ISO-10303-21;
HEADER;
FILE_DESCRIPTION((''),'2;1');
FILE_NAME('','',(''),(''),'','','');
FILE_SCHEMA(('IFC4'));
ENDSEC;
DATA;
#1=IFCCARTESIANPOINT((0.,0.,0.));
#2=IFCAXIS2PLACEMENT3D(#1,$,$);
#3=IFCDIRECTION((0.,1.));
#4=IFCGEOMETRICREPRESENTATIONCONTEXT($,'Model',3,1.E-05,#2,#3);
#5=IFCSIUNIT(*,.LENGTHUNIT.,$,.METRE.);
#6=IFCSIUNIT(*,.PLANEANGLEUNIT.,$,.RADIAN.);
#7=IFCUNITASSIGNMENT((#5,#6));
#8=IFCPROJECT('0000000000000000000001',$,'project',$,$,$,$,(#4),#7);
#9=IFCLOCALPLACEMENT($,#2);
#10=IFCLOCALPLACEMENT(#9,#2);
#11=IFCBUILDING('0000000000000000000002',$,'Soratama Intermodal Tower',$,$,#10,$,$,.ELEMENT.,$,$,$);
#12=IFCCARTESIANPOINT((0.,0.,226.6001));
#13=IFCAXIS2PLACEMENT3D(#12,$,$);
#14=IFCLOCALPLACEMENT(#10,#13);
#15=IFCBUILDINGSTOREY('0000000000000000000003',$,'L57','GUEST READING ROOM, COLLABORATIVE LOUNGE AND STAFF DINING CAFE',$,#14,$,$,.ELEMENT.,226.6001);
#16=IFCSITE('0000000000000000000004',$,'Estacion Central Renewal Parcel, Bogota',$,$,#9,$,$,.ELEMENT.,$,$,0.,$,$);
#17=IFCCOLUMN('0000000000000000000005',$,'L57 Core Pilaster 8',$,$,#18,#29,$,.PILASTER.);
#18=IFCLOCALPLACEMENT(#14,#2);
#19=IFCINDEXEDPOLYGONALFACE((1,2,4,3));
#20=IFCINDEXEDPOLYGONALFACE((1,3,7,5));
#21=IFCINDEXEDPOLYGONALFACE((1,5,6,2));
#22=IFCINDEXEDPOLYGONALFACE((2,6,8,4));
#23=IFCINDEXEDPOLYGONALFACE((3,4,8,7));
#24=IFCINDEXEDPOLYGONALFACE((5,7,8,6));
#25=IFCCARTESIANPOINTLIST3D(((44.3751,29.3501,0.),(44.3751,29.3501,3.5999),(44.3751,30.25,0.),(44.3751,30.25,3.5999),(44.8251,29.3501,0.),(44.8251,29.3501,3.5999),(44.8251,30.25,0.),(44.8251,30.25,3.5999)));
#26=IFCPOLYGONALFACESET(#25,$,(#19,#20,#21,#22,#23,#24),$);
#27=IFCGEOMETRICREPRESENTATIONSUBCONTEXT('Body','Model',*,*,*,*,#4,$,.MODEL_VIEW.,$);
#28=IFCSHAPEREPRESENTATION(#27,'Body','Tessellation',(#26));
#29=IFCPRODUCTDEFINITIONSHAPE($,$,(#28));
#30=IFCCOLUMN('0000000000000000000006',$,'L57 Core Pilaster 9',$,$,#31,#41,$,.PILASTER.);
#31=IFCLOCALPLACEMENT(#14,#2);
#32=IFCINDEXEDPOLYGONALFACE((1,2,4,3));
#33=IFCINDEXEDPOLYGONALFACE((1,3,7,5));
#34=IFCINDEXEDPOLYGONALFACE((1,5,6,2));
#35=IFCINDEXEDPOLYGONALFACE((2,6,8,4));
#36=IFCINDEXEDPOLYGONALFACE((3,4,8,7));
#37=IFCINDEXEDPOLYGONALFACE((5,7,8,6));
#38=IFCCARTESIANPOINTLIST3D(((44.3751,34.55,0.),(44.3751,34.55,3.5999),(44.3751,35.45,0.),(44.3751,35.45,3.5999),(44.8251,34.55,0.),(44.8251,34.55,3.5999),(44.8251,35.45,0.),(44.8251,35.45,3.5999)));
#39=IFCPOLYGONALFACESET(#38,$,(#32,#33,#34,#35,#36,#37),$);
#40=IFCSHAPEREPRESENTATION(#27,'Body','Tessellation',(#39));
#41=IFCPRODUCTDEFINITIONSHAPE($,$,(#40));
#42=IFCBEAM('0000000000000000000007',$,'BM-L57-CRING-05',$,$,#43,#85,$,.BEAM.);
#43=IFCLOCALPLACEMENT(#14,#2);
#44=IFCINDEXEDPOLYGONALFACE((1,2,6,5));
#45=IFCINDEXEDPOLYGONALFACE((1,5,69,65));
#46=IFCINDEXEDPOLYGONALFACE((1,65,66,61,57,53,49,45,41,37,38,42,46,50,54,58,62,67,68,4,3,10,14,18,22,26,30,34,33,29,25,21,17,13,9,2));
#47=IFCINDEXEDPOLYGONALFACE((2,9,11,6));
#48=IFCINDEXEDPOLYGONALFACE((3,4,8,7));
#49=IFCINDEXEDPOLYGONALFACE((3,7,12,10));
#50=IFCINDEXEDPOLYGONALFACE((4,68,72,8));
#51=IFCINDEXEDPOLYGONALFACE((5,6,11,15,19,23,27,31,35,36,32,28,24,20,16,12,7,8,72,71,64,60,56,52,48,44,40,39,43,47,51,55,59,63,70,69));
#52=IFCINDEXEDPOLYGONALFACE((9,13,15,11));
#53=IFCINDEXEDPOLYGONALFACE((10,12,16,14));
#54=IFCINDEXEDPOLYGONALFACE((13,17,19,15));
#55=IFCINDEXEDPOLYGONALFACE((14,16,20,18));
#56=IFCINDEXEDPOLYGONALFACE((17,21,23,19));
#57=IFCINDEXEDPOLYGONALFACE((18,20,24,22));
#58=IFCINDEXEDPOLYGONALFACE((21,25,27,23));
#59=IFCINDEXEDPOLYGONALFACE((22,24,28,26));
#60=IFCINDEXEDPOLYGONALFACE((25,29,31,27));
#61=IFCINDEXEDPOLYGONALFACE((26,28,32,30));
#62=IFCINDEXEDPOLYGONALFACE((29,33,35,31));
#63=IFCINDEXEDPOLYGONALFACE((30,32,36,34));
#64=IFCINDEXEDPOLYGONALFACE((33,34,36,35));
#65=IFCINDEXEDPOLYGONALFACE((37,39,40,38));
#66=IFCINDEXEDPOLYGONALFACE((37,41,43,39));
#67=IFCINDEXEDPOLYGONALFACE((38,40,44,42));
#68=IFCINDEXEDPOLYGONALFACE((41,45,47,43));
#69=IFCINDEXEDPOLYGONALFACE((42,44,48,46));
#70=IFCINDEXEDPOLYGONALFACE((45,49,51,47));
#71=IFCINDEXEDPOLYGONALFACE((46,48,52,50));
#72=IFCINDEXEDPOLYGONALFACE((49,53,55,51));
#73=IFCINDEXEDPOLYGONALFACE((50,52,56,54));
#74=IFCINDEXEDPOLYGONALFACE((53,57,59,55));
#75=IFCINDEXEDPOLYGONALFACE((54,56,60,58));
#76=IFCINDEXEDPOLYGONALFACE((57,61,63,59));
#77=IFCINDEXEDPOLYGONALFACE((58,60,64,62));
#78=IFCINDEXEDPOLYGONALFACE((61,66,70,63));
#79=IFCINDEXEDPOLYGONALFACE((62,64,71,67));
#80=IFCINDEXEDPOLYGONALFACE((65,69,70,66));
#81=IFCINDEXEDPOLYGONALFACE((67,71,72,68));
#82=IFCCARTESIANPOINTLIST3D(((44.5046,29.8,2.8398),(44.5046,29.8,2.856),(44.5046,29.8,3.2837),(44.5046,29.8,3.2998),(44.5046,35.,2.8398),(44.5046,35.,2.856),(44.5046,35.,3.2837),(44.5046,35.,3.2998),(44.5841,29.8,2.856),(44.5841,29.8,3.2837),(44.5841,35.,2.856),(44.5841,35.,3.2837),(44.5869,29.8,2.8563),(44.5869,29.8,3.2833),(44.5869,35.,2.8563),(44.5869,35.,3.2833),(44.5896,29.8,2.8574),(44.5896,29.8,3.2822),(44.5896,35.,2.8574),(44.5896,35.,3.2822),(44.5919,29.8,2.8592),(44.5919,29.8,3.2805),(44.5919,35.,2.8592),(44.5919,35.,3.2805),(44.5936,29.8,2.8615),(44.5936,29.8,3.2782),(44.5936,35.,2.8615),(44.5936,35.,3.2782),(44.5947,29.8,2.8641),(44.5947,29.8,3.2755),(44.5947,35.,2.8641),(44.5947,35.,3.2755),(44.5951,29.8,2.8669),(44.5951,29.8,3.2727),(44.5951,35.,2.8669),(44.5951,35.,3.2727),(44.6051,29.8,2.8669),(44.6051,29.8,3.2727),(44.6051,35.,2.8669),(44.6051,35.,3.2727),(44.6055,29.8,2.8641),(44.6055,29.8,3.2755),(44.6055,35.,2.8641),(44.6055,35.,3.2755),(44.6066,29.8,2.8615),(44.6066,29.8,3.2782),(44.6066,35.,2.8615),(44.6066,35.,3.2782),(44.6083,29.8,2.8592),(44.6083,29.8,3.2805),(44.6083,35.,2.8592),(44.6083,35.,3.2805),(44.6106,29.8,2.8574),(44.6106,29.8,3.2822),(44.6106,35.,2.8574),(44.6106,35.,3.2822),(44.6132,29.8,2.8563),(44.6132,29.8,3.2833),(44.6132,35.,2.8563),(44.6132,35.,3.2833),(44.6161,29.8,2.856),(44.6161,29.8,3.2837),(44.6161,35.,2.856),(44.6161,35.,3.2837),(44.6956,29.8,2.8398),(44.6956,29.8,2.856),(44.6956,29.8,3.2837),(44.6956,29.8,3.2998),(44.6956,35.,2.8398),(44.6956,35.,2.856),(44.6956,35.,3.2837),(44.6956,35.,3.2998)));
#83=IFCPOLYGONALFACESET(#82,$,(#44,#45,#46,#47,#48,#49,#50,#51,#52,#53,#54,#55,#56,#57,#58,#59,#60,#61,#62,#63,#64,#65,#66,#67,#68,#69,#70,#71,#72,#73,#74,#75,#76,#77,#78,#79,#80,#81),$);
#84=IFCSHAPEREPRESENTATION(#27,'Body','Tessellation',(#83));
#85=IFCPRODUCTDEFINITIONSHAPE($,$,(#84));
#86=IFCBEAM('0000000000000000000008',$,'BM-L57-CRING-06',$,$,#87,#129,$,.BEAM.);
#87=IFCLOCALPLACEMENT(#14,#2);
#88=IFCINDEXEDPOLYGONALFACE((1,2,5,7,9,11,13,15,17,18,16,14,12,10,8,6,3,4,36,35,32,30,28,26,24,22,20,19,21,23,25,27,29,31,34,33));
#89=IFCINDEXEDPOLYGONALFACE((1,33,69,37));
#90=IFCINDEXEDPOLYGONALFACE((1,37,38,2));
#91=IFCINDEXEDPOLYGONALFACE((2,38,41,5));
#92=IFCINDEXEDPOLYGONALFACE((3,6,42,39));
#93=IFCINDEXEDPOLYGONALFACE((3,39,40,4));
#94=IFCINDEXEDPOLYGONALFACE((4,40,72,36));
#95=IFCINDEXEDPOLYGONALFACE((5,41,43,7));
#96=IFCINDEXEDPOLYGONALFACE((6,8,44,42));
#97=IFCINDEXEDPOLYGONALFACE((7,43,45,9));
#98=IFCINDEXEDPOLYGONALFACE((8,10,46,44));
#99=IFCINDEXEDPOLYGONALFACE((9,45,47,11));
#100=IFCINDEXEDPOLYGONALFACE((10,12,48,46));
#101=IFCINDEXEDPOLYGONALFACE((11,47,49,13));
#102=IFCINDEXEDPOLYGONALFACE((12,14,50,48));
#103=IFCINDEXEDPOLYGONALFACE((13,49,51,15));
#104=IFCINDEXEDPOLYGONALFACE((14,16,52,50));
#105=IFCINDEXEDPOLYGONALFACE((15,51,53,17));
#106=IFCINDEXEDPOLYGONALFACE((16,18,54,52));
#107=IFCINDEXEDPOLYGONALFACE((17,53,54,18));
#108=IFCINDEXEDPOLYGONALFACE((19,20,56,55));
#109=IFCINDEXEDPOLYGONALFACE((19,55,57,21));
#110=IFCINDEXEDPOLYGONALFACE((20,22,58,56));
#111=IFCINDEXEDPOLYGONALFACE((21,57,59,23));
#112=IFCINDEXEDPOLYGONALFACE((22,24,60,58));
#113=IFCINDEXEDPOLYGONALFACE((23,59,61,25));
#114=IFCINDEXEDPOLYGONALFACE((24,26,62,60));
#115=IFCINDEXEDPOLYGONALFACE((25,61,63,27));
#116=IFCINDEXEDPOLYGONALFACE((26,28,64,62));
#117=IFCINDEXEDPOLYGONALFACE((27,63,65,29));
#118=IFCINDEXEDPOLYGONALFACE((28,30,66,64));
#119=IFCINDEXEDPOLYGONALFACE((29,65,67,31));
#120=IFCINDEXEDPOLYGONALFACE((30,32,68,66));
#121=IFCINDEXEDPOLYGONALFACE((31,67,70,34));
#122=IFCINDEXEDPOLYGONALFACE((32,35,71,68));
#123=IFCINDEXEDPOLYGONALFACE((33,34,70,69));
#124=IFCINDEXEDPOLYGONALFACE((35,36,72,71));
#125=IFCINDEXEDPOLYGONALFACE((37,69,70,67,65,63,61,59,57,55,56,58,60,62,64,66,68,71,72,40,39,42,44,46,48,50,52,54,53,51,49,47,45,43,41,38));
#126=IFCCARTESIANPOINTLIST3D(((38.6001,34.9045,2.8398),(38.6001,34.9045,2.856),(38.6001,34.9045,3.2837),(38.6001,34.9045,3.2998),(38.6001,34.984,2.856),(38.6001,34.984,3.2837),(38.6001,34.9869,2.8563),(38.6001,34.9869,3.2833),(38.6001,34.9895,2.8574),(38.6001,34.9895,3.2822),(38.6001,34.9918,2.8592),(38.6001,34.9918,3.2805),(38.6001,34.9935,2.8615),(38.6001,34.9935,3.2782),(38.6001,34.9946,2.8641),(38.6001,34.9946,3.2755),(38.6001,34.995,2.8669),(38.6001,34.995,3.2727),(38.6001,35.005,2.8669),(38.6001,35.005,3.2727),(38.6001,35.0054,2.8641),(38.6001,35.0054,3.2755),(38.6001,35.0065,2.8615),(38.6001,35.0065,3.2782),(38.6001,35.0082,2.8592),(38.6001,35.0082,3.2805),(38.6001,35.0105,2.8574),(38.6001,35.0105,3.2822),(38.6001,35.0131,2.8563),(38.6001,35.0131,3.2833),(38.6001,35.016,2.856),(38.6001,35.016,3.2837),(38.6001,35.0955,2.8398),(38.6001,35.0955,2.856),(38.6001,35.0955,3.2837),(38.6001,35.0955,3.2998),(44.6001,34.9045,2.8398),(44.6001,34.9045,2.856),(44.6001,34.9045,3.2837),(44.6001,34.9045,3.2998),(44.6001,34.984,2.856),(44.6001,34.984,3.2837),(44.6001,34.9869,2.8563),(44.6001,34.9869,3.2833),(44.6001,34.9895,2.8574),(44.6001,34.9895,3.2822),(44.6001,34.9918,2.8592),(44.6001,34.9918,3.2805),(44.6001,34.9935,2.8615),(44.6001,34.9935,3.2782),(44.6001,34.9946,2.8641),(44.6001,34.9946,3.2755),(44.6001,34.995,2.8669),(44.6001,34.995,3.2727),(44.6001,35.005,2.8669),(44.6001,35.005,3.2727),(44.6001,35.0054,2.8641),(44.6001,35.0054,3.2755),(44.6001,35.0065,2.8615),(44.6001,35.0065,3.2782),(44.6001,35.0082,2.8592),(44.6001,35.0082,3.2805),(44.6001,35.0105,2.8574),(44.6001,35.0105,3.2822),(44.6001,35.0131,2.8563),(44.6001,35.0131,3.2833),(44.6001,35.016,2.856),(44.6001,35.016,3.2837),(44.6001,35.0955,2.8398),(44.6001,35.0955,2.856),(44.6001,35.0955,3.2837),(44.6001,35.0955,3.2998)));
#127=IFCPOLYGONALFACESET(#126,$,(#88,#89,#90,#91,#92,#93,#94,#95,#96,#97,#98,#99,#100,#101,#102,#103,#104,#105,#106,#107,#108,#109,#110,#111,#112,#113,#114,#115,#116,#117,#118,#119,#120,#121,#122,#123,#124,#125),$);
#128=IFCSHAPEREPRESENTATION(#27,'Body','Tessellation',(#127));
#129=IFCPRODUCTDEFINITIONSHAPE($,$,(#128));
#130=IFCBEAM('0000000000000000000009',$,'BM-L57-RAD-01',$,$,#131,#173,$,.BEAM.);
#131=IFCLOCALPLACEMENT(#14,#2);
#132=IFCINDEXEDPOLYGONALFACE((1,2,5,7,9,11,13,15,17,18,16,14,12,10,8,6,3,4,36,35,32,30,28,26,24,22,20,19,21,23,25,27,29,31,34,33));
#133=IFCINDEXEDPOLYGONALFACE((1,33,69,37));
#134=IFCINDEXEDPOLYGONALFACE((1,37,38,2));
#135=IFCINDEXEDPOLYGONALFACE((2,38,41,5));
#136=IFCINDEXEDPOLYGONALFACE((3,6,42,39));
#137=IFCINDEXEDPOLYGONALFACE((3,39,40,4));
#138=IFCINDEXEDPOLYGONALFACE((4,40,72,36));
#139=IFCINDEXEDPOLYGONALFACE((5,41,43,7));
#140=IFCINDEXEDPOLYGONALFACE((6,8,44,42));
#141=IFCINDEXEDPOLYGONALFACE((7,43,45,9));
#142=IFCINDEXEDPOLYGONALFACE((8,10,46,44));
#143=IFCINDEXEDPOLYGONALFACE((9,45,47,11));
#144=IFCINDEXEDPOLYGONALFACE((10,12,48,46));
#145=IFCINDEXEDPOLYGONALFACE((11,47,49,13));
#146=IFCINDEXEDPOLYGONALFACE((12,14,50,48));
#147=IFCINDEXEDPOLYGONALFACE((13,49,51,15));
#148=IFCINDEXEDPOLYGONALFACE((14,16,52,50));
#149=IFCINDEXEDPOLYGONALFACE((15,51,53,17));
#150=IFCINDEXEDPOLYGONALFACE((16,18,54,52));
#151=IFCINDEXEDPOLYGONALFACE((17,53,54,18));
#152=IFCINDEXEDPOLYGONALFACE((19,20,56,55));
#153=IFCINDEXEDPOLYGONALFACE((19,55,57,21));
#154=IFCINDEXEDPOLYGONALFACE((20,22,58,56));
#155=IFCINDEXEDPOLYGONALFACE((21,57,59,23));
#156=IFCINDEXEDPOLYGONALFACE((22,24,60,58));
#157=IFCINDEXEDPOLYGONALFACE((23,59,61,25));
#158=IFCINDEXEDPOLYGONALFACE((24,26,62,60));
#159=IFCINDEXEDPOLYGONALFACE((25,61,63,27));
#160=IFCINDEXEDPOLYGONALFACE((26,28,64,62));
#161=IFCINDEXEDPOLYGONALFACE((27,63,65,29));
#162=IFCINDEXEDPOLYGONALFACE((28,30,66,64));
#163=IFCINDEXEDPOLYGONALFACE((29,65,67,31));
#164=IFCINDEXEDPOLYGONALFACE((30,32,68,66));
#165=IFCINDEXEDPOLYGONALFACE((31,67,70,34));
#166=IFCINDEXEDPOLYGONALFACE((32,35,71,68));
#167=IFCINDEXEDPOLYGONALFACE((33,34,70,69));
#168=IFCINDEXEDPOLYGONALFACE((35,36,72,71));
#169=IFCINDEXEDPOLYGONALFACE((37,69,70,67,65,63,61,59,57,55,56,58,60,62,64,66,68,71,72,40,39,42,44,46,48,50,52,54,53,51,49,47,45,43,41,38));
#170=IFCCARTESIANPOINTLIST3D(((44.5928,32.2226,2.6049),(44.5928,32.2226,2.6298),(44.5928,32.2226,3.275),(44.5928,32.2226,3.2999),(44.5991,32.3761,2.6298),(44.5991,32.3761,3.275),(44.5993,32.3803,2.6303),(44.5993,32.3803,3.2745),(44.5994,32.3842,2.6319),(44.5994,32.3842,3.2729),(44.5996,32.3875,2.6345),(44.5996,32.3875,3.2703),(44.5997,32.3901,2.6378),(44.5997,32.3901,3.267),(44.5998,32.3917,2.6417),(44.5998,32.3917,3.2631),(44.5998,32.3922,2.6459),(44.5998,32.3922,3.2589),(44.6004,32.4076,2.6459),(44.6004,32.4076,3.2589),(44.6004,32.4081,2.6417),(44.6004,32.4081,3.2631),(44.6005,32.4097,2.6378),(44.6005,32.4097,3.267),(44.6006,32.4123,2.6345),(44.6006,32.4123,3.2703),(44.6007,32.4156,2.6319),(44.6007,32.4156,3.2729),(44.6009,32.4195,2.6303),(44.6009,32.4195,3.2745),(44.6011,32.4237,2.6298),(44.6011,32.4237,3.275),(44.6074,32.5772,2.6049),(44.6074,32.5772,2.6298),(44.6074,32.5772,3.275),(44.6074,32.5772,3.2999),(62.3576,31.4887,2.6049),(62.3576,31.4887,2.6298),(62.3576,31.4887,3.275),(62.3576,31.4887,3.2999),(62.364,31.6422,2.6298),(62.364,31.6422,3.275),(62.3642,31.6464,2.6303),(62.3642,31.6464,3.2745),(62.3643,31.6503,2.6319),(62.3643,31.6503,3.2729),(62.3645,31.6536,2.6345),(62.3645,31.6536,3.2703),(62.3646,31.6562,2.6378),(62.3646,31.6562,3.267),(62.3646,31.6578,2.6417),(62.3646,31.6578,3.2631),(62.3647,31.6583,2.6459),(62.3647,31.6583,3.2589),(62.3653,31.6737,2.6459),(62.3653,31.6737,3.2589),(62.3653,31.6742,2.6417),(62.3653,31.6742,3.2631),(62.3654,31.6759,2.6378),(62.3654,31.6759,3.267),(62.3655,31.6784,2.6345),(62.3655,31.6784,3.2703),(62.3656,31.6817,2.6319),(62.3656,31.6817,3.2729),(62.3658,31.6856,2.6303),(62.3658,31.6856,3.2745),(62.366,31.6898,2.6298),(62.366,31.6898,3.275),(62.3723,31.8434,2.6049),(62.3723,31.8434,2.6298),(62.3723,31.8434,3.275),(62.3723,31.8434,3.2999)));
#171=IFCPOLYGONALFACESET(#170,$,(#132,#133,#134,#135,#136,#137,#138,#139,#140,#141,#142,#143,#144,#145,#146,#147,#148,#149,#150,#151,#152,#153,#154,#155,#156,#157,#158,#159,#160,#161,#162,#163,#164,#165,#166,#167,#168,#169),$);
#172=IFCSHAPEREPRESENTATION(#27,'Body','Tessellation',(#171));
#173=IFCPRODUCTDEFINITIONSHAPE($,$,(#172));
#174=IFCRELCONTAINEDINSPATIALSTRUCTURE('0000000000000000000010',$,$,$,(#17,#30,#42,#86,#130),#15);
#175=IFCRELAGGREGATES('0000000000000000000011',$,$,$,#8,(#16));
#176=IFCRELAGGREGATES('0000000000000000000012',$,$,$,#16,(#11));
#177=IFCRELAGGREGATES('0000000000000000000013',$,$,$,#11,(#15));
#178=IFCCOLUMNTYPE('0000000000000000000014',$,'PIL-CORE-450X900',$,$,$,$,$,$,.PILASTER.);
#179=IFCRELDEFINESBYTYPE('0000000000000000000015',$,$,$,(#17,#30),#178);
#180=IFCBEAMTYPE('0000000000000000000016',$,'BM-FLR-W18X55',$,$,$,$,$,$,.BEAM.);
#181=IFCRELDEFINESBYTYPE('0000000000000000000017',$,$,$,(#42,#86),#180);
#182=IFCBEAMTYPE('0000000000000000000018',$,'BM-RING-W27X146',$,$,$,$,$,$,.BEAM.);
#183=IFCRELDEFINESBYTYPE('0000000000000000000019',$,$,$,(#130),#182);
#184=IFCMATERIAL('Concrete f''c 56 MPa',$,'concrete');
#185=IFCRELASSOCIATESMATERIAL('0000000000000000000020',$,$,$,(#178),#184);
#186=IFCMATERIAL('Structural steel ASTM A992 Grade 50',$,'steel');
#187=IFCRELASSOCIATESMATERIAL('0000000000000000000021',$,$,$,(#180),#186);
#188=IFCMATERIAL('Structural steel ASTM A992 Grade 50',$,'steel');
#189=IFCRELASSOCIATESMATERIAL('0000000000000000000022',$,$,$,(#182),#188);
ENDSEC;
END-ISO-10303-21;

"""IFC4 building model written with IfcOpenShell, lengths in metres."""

from ifc_helpers import new_model, si_unit, direction, frame, origin, origin_2d, place, context, subcontext, project, spatial, rectangle, i_section, extrude, material, material_profile, profile_set, type_object, element, save


model = new_model("IFC4")

# Units and contexts
model_context = context("Model", 3, precision=1e-05, world=origin(), true_north=direction((0.0, 1.0)))
body_context = subcontext(model_context, "Body", "Model", "MODEL_VIEW")
ifc_project = project(units=[si_unit("LENGTHUNIT", "METRE"), si_unit("PLANEANGLEUNIT", "RADIAN")], contexts=[model_context])

# Site, building, storey
site_placement = place(None, origin())
site = spatial("IfcSite", under=ifc_project, at=site_placement, Name="Estacion Central Renewal Parcel, Bogota", CompositionType="ELEMENT", RefElevation=0.0)
building_placement = place(site_placement, origin())
building = spatial("IfcBuilding", under=site, at=building_placement, Name="Soratama Intermodal Tower", CompositionType="ELEMENT")
storey_placement = place(building_placement, frame((0.0, 0.0, 226.6001)))
storey = spatial("IfcBuildingStorey", under=building, at=storey_placement, Name="L57", Description="GUEST READING ROOM, COLLABORATIVE LOUNGE AND STAFF DINING CAFE", CompositionType="ELEMENT", Elevation=226.6001)

# Columns
ifc_material_1 = material(Name="Concrete f'c 56 MPa", Category="concrete")
ifc_material_profile_1 = material_profile(ifc_material_1, rectangle(XDim=0.45, YDim=0.8999, at=origin_2d()), Name="RC450X900")
ifc_profile_set_1 = profile_set([ifc_material_profile_1], Name="Concrete f'c 56 MPa")
column_type = type_object("IfcColumnType", Name="PIL-CORE-450X900", PredefinedType="PILASTER", material=ifc_profile_set_1)
for number, where, z_axis, x_axis, name in (
    (1, (44.6001, 29.8, 0.0), (0.0, 0.0, 1.0), (1.0, 0.0, 0.0), "L57 Core Pilaster 8"),
    (2, (44.6001, 35.0, 0.0), (0.0, 0.0, 1.0), (1.0, 0.0, 0.0), "L57 Core Pilaster 9"),
):
    element("IfcColumn", number, at=place(storey_placement, frame(where, z_axis=z_axis, x_axis=x_axis)), inside=storey, type_object=column_type, Name=name, PredefinedType="PILASTER", context=body_context, shape_type="SweptSolid", body=[
        extrude(rectangle(XDim=0.45, YDim=0.8999, at=origin_2d()), origin(), (0.0, 0.0, 1.0), 3.5999),
    ])

# Beams
ifc_material_2 = material(Name="Structural steel ASTM A992 Grade 50", Category="steel")
ifc_material_profile_2 = material_profile(ifc_material_2, i_section(OverallWidth=0.1909, OverallDepth=0.46, WebThickness=0.01, FlangeThickness=0.0161, FilletRadius=0.011, at=origin_2d()), Name="W18X55")
ifc_profile_set_2 = profile_set([ifc_material_profile_2], Name="Structural steel ASTM A992 Grade 50")
beam_type_1 = type_object("IfcBeamType", Name="BM-FLR-W18X55", PredefinedType="BEAM", material=ifc_profile_set_2)
beam_1_placement = place(storey_placement, frame((44.6001, 29.8, 3.0698), z_axis=(0.0, 1.0, 0.0), x_axis=(-1.0, 0.0, 0.0)))
element("IfcBeam", 3, at=beam_1_placement, inside=storey, type_object=beam_type_1, Name="BM-L57-CRING-05", PredefinedType="BEAM", context=body_context, shape_type="SweptSolid", body=[
    extrude(i_section(OverallWidth=0.1909, OverallDepth=0.46, WebThickness=0.01, FlangeThickness=0.0161, FilletRadius=0.011, at=origin_2d()), origin(), (0.0, 0.0, 1.0), 5.2),
])
beam_2_placement = place(storey_placement, frame((44.6001, 35.0, 3.0698), z_axis=(-1.0, 0.0, 0.0), x_axis=(0.0, -1.0, 0.0)))
element("IfcBeam", 4, at=beam_2_placement, inside=storey, type_object=beam_type_1, Name="BM-L57-CRING-06", PredefinedType="BEAM", context=body_context, shape_type="SweptSolid", body=[
    extrude(i_section(OverallWidth=0.1909, OverallDepth=0.46, WebThickness=0.01, FlangeThickness=0.0161, FilletRadius=0.011, at=origin_2d()), origin(), (0.0, 0.0, 1.0), 6.0),
])
ifc_material_3 = material(Name="Structural steel ASTM A992 Grade 50", Category="steel")
ifc_material_profile_3 = material_profile(ifc_material_3, i_section(OverallWidth=0.355, OverallDepth=0.6951, WebThickness=0.0154, FlangeThickness=0.0249, FilletRadius=0.0161, at=origin_2d()), Name="W27X146")
ifc_profile_set_3 = profile_set([ifc_material_profile_3], Name="Structural steel ASTM A992 Grade 50")
beam_type_2 = type_object("IfcBeamType", Name="BM-RING-W27X146", PredefinedType="BEAM", material=ifc_profile_set_3)
beam_3_placement = place(storey_placement, frame((44.6001, 32.3999, 2.9524), z_axis=(0.999148, -0.041276, 0.0), x_axis=(0.041276, 0.999148, 0.0)))
element("IfcBeam", 5, at=beam_3_placement, inside=storey, type_object=beam_type_2, Name="BM-L57-RAD-01", PredefinedType="BEAM", context=body_context, shape_type="SweptSolid", body=[
    extrude(i_section(OverallWidth=0.355, OverallDepth=0.6951, WebThickness=0.0154, FlangeThickness=0.0249, FilletRadius=0.0161, at=origin_2d()), origin(), (0.0, 0.0, 1.0), 17.78),
])

save(model, "model.ifc")
